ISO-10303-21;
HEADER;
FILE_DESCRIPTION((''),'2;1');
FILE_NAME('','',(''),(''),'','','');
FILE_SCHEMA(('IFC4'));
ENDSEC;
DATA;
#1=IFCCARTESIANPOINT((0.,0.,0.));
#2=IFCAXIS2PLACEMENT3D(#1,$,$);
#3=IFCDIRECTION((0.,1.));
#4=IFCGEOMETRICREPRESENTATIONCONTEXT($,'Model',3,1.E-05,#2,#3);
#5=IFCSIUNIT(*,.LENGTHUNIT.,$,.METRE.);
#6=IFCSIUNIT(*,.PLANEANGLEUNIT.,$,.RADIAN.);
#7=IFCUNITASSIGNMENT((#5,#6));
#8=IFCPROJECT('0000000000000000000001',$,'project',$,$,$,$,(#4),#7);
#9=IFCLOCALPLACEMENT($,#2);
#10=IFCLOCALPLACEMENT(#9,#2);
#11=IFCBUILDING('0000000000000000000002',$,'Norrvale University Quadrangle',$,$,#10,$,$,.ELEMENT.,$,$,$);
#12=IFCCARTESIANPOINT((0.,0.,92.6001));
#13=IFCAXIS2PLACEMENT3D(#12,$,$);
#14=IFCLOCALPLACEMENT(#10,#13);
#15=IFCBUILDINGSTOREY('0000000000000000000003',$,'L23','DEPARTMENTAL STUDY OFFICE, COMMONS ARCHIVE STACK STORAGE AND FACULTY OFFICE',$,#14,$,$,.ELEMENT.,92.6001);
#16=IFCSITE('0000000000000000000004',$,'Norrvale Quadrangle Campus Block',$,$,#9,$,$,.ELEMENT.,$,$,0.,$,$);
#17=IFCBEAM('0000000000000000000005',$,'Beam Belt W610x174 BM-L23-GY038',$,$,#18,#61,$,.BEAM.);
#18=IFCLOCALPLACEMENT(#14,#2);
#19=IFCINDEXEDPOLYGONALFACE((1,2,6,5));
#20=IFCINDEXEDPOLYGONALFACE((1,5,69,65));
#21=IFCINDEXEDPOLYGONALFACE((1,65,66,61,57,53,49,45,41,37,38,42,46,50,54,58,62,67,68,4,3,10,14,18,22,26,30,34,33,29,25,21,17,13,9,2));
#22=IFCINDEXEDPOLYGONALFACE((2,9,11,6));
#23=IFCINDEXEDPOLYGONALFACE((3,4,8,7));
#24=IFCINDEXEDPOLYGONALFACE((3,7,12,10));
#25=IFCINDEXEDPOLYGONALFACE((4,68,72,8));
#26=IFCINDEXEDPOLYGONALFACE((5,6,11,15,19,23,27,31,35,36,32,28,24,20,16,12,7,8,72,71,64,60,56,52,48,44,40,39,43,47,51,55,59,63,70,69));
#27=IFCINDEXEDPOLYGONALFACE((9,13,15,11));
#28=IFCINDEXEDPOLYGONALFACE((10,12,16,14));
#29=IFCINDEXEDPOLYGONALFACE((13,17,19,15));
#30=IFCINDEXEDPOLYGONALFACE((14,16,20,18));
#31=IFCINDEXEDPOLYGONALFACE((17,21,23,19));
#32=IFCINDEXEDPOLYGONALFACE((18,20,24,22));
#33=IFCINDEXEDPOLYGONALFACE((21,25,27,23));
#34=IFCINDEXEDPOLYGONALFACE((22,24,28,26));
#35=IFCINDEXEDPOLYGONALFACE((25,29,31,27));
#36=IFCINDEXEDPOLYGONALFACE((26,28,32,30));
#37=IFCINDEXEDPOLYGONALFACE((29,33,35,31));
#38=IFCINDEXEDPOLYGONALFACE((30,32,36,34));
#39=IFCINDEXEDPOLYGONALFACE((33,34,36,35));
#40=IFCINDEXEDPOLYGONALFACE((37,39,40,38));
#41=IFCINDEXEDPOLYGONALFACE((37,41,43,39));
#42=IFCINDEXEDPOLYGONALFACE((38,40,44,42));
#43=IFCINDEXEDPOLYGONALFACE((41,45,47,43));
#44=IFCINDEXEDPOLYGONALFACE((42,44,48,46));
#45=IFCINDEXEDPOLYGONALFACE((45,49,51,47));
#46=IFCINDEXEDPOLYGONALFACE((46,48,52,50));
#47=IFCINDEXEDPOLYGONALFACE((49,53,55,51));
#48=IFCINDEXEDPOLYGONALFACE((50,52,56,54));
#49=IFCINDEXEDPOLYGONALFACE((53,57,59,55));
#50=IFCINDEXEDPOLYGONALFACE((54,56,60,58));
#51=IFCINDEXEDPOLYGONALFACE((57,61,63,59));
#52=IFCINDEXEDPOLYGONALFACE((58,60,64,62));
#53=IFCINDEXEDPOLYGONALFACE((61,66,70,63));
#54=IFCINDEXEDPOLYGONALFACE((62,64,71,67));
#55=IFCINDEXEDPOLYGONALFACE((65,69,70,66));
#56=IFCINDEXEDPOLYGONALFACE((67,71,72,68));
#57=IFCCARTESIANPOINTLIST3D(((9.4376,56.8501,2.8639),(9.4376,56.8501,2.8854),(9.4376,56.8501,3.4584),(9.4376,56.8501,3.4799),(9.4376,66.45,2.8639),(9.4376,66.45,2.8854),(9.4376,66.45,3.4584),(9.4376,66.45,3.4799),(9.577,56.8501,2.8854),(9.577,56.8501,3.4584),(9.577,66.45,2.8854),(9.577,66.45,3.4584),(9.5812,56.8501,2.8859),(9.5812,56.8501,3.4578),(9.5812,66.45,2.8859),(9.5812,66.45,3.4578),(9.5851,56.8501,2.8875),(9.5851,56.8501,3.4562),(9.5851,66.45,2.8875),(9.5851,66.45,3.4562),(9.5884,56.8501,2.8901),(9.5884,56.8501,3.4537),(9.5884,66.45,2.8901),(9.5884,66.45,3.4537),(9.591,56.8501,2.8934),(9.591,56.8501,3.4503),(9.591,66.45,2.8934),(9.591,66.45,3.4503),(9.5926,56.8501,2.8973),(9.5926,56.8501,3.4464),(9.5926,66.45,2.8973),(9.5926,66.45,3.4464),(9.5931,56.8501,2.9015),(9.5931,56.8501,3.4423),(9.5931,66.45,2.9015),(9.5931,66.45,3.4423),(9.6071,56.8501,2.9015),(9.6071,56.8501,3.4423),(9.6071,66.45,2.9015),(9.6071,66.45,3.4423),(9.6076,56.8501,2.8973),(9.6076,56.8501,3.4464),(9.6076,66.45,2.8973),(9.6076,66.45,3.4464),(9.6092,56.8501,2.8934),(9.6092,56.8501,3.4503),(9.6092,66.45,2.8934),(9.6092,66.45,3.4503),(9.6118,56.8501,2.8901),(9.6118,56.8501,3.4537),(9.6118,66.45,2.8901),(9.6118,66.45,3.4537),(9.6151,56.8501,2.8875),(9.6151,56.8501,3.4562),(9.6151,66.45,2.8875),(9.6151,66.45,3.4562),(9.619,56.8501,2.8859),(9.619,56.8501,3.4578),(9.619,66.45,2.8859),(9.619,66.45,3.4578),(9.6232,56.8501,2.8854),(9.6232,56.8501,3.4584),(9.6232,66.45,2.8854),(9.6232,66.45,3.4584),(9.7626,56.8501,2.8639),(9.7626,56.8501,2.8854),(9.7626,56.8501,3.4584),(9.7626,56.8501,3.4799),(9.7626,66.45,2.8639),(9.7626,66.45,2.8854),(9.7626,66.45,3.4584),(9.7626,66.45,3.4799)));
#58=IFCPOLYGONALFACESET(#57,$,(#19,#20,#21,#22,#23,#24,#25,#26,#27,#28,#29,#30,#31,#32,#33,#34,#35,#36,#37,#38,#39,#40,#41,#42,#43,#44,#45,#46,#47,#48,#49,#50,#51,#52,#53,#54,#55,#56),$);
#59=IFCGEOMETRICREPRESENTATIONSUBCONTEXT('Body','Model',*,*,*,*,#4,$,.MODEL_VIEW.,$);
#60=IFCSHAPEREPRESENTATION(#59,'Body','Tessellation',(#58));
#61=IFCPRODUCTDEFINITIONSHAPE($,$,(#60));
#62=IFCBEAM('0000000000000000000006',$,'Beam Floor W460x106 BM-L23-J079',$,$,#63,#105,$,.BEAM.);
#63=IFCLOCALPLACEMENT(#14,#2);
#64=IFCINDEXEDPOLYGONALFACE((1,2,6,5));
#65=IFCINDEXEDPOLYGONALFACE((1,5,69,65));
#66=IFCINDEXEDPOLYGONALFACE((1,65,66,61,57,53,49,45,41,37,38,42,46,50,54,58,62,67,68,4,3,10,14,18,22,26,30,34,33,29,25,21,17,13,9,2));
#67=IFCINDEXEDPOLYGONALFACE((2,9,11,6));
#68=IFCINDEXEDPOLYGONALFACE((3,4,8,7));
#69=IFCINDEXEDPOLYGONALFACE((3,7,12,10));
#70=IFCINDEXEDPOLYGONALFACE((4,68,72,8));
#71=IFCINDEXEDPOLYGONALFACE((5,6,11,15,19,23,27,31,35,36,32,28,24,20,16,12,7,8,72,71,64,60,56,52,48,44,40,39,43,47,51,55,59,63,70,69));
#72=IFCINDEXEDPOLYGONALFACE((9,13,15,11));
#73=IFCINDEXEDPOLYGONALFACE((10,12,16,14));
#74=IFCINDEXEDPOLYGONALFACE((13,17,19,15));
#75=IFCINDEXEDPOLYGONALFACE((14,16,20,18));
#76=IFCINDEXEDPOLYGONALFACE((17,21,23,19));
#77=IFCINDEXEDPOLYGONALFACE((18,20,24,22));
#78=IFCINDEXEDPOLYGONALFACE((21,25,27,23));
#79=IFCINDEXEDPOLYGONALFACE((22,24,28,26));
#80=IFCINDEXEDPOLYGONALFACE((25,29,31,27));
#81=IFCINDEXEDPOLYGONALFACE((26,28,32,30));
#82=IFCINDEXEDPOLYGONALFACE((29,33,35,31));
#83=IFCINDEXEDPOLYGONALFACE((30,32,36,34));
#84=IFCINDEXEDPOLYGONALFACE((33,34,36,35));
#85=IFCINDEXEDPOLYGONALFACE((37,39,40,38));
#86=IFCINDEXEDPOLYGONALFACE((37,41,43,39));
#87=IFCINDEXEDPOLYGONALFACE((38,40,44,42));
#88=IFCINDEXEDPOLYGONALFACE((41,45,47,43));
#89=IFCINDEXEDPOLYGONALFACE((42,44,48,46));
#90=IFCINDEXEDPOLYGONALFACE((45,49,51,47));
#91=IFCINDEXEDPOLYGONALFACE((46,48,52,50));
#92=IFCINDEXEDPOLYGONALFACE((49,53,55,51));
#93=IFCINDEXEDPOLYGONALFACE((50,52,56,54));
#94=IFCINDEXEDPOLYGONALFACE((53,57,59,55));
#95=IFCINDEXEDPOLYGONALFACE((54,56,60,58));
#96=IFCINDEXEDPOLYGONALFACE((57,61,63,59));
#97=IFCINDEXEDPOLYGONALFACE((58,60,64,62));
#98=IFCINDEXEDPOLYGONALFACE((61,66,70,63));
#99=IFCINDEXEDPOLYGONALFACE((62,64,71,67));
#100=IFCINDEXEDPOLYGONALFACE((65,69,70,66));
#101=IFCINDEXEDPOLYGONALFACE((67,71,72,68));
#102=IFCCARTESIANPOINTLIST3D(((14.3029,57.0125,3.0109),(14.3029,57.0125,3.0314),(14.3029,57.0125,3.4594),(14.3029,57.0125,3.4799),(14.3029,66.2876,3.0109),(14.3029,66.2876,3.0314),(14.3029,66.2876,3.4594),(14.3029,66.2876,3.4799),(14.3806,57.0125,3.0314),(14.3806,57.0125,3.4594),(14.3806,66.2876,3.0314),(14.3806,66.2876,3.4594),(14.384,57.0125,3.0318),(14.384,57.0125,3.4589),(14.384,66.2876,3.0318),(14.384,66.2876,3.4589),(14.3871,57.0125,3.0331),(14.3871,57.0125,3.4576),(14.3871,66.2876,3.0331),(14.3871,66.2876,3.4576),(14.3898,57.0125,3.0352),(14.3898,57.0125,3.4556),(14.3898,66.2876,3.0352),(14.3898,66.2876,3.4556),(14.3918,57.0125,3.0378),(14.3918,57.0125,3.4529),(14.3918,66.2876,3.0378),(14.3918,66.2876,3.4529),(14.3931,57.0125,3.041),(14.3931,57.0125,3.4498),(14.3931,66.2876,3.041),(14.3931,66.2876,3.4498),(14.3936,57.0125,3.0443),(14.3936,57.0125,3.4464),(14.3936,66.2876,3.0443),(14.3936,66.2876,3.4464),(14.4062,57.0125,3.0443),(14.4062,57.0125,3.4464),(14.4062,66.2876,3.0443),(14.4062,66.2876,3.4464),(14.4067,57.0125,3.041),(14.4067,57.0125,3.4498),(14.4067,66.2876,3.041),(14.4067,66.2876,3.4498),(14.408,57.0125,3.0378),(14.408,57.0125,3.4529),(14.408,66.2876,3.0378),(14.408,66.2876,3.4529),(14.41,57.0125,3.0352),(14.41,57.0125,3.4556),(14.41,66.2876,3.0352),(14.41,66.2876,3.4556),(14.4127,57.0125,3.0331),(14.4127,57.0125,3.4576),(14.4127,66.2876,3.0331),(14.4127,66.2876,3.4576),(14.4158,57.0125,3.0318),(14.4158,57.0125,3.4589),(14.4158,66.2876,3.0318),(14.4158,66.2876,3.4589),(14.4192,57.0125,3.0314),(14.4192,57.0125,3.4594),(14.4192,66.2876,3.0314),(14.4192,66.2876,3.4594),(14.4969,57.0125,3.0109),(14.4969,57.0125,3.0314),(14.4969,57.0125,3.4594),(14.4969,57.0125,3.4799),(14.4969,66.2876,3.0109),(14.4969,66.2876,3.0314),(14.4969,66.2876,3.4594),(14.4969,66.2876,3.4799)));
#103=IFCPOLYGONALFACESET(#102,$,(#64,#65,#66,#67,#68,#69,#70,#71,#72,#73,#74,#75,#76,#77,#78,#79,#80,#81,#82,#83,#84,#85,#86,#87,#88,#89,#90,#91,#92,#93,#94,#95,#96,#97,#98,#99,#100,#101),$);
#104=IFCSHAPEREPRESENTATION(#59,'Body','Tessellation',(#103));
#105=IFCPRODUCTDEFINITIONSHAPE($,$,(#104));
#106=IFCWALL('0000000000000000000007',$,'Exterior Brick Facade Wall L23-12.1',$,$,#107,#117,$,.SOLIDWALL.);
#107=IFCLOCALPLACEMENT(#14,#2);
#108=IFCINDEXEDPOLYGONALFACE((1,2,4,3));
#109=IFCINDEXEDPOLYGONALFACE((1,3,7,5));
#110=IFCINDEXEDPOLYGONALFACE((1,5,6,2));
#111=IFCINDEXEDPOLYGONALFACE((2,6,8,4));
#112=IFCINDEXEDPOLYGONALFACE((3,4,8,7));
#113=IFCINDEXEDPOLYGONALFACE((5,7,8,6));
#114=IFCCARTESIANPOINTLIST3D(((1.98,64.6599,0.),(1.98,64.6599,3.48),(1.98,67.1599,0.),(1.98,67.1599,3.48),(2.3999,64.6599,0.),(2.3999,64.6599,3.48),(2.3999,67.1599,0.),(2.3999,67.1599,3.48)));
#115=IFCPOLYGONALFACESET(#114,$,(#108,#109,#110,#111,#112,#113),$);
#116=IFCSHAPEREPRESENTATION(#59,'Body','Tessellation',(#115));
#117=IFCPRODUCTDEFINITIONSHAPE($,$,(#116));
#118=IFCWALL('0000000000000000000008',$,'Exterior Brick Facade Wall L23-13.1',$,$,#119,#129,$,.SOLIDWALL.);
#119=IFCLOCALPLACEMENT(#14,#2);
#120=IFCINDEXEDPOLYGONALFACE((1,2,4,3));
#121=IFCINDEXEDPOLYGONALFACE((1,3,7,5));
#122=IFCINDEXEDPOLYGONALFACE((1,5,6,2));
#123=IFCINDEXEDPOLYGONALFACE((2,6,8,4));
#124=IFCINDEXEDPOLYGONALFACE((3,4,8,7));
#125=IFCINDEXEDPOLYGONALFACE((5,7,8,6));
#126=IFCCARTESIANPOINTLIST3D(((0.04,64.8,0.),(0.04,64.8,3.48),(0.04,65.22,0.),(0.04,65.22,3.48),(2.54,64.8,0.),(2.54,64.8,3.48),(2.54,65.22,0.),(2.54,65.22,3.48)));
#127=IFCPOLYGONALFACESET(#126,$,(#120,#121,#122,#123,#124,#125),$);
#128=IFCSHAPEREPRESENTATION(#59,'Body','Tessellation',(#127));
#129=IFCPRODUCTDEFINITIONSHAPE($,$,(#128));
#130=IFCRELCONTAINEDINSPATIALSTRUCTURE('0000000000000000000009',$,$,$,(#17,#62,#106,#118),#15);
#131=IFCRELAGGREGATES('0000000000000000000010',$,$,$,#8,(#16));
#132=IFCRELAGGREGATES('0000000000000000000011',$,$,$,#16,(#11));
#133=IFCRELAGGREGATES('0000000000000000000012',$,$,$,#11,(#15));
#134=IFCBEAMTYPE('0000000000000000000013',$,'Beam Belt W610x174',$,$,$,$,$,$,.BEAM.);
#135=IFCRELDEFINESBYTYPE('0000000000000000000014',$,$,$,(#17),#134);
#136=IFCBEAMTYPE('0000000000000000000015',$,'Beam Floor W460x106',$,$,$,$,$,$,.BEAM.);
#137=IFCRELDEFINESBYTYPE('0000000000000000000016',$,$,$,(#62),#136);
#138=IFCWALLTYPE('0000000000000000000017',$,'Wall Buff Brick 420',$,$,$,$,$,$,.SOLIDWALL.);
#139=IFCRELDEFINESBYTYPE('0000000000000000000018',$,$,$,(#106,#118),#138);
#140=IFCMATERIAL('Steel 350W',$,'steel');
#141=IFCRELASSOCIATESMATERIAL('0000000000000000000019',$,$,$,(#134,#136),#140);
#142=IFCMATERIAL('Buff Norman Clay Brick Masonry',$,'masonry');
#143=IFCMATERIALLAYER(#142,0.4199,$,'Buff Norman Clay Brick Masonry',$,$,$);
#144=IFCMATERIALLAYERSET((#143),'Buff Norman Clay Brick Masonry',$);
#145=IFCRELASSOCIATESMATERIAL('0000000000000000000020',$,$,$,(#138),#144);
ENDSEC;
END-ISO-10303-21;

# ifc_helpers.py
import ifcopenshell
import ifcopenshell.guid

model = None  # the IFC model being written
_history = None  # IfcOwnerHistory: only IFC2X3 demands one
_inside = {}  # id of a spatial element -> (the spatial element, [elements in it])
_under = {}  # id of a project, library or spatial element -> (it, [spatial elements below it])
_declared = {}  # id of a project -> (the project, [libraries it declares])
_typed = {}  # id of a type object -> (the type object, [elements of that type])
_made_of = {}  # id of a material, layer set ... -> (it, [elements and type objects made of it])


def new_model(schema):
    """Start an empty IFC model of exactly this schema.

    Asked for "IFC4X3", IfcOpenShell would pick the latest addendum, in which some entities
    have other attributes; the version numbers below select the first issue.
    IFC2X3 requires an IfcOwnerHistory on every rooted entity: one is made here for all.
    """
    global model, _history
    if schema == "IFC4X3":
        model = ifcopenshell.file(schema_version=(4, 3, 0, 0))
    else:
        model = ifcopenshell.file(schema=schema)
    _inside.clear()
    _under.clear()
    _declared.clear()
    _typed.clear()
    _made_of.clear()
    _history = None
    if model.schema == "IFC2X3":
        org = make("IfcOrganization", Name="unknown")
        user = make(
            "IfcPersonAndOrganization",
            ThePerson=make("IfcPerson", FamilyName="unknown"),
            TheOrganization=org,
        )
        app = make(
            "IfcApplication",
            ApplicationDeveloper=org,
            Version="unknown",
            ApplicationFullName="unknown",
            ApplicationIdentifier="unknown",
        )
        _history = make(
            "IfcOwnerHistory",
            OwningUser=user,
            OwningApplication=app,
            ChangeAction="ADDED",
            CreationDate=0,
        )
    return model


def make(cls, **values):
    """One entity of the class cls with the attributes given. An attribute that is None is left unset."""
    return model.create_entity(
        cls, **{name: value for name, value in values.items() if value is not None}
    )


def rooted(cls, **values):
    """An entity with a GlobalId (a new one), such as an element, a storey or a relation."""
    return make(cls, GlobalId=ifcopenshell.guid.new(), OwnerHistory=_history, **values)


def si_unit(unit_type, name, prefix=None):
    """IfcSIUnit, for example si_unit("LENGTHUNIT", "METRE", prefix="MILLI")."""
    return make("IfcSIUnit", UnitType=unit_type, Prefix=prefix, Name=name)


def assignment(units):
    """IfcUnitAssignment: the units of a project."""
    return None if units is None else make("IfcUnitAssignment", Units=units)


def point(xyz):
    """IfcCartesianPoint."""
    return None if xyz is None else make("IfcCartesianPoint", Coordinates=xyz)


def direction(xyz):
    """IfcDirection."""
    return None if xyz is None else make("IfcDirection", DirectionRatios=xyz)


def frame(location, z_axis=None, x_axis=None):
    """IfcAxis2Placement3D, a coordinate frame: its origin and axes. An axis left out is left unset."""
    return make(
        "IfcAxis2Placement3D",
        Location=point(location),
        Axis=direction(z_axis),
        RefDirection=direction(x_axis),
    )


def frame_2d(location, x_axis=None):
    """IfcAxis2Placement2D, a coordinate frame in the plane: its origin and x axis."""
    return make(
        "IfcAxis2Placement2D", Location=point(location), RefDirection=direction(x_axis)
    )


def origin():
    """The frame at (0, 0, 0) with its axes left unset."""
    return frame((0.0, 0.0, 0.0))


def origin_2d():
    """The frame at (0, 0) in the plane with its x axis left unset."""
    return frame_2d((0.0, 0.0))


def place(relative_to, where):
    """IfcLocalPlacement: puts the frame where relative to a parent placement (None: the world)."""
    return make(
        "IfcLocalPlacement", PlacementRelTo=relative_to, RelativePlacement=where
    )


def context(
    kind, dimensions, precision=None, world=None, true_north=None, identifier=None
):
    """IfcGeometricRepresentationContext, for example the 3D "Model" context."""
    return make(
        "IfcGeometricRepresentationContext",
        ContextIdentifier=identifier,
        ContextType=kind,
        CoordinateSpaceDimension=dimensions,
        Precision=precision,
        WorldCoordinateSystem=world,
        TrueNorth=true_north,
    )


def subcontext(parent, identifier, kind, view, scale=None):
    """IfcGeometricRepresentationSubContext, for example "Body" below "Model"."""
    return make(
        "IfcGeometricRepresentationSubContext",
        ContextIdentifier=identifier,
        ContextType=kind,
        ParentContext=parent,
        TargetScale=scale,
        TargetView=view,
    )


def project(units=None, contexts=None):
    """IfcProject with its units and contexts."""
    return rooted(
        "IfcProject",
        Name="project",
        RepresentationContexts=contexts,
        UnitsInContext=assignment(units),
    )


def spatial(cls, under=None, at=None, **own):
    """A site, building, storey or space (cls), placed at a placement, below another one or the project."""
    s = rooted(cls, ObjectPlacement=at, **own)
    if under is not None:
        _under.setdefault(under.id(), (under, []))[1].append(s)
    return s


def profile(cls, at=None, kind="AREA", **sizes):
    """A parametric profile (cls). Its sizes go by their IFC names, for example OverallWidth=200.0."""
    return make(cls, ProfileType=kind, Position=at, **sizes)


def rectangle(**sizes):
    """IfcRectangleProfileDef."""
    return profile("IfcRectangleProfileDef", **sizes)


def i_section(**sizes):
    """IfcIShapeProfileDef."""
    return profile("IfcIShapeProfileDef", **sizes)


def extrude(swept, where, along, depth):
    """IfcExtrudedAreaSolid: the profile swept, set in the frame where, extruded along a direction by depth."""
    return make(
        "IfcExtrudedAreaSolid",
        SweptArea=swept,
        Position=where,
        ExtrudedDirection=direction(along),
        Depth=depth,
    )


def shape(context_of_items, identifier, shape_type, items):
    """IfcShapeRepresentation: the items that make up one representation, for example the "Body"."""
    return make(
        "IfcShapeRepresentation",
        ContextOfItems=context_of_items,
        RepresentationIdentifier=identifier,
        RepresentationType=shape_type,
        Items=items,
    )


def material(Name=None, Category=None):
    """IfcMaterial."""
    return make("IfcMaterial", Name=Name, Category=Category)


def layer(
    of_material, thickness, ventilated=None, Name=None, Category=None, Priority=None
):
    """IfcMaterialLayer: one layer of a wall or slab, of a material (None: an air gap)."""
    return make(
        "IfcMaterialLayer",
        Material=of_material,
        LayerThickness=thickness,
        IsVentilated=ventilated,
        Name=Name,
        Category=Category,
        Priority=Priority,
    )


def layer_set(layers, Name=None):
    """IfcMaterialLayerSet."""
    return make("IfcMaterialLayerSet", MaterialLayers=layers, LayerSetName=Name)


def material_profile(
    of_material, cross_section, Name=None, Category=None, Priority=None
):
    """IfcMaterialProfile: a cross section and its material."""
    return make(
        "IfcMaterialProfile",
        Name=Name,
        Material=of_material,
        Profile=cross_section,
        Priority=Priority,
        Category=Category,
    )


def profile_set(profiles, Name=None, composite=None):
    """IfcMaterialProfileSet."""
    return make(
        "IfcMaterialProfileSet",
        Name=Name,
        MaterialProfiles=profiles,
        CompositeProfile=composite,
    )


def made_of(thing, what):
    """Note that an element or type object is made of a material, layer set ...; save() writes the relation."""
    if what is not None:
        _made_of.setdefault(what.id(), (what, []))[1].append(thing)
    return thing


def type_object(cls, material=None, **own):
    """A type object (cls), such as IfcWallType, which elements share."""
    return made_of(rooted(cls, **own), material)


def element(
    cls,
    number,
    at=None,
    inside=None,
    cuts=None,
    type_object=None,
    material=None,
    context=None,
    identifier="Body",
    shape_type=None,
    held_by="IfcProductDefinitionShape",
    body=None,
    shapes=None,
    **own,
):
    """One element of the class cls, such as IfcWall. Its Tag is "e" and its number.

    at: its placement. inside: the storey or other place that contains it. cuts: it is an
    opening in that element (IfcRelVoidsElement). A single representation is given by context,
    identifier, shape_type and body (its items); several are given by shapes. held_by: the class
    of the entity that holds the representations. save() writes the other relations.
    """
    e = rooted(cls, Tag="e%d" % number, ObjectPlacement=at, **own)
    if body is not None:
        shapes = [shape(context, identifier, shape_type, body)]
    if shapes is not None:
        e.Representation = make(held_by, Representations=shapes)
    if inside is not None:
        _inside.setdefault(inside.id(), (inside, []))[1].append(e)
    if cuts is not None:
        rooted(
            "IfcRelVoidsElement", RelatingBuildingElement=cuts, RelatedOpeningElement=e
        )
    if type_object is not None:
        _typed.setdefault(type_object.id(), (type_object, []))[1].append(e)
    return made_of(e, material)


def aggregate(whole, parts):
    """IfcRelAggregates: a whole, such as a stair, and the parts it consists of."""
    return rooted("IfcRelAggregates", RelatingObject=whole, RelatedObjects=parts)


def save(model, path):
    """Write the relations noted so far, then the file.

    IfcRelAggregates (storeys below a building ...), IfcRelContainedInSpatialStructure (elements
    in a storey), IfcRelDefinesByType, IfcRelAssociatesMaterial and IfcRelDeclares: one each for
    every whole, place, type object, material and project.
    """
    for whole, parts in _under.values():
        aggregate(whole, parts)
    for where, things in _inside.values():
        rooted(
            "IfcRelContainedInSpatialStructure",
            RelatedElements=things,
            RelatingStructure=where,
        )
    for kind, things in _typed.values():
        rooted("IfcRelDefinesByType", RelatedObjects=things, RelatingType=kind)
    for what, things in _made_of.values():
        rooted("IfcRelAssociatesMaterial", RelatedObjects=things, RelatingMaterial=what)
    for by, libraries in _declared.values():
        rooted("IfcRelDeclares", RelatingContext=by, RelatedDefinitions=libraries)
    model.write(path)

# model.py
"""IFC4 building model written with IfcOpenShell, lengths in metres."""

from ifc_helpers import new_model, si_unit, direction, frame, frame_2d, origin, origin_2d, place, context, subcontext, project, spatial, rectangle, i_section, extrude, material, layer, layer_set, material_profile, profile_set, type_object, element, save


model = new_model("IFC4")

# Units and contexts
model_context = context("Model", 3, precision=1e-05, world=origin(), true_north=direction((0.0, 1.0)))
body_context = subcontext(model_context, "Body", "Model", "MODEL_VIEW")
ifc_project = project(units=[si_unit("LENGTHUNIT", "METRE"), si_unit("PLANEANGLEUNIT", "RADIAN")], contexts=[model_context])

# Site, building, storey
site_placement = place(None, origin())
site = spatial("IfcSite", under=ifc_project, at=site_placement, Name="Norrvale Quadrangle Campus Block", CompositionType="ELEMENT", RefElevation=0.0)
building_placement = place(site_placement, origin())
building = spatial("IfcBuilding", under=site, at=building_placement, Name="Norrvale University Quadrangle", CompositionType="ELEMENT")
storey_placement = place(building_placement, frame((0.0, 0.0, 92.6001)))
storey = spatial("IfcBuildingStorey", under=building, at=storey_placement, Name="L23", Description="DEPARTMENTAL STUDY OFFICE, COMMONS ARCHIVE STACK STORAGE AND FACULTY OFFICE", CompositionType="ELEMENT", Elevation=92.6001)

# Beams
ifc_material_1 = material(Name="Steel 350W", Category="steel")
ifc_material_profile_1 = material_profile(ifc_material_1, i_section(OverallWidth=0.325, OverallDepth=0.616, WebThickness=0.0139, FlangeThickness=0.0215, FilletRadius=0.0161, at=origin_2d()), Name="Steel 350W")
ifc_profile_set_1 = profile_set([ifc_material_profile_1], Name="Steel 350W")
beam_type_1 = type_object("IfcBeamType", Name="Beam Belt W610x174", PredefinedType="BEAM", material=ifc_profile_set_1)
for number, where, z_axis, x_axis, name in (
    (1, (9.6001, 56.8501, 3.1719), (0.0, 1.0, 0.0), (-1.0, 0.0, 0.0), "Beam Belt W610x174 BM-L23-GY038"),
):
    element("IfcBeam", number, at=place(storey_placement, frame(where, z_axis=z_axis, x_axis=x_axis)), inside=storey, type_object=beam_type_1, Name=name, PredefinedType="BEAM", context=body_context, shape_type="SweptSolid", body=[
        extrude(i_section(OverallWidth=0.325, OverallDepth=0.616, WebThickness=0.0139, FlangeThickness=0.0215, FilletRadius=0.0161, at=origin_2d()), origin(), (0.0, 0.0, 1.0), 9.5999),
    ])
ifc_material_profile_2 = material_profile(ifc_material_1, i_section(OverallWidth=0.1941, OverallDepth=0.469, WebThickness=0.0127, FlangeThickness=0.0205, FilletRadius=0.0129, at=origin_2d()), Name="Steel 350W")
ifc_profile_set_2 = profile_set([ifc_material_profile_2], Name="Steel 350W")
beam_type_2 = type_object("IfcBeamType", Name="Beam Floor W460x106", PredefinedType="BEAM", material=ifc_profile_set_2)
beam_1_placement = place(storey_placement, frame((14.3999, 57.0125, 3.2454), z_axis=(0.0, 1.0, 0.0), x_axis=(-1.0, 0.0, 0.0)))
element("IfcBeam", 2, at=beam_1_placement, inside=storey, type_object=beam_type_2, Name="Beam Floor W460x106 BM-L23-J079", PredefinedType="BEAM", context=body_context, shape_type="SweptSolid", body=[
    extrude(i_section(OverallWidth=0.1941, OverallDepth=0.469, WebThickness=0.0127, FlangeThickness=0.0205, FilletRadius=0.0129, at=origin_2d()), origin(), (0.0, 0.0, 1.0), 9.2751),
])

# Walls
ifc_material_2 = material(Name="Buff Norman Clay Brick Masonry", Category="masonry")
ifc_layer = layer(ifc_material_2, 0.4199, Name="Buff Norman Clay Brick Masonry")
ifc_layer_set = layer_set([ifc_layer], Name="Buff Norman Clay Brick Masonry")
wall_type = type_object("IfcWallType", Name="Wall Buff Brick 420", PredefinedType="SOLIDWALL", material=ifc_layer_set)
for number, where, z_axis, x_axis, name in (
    (3, (2.1899, 67.1599, 0.0), (0.0, 0.0, 1.0), (0.0, -1.0, 0.0), "Exterior Brick Facade Wall L23-12.1"),
    (4, (2.54, 65.01, 0.0), (0.0, 0.0, 1.0), (-1.0, 0.0, 0.0), "Exterior Brick Facade Wall L23-13.1"),
):
    element("IfcWall", number, at=place(storey_placement, frame(where, z_axis=z_axis, x_axis=x_axis)), inside=storey, type_object=wall_type, Name=name, PredefinedType="SOLIDWALL", context=body_context, shape_type="SweptSolid", body=[
        extrude(rectangle(XDim=2.5, YDim=0.4199, at=frame_2d((1.25, 0.0))), origin(), (0.0, 0.0, 1.0), 3.48),
    ])

save(model, "model.ifc")
